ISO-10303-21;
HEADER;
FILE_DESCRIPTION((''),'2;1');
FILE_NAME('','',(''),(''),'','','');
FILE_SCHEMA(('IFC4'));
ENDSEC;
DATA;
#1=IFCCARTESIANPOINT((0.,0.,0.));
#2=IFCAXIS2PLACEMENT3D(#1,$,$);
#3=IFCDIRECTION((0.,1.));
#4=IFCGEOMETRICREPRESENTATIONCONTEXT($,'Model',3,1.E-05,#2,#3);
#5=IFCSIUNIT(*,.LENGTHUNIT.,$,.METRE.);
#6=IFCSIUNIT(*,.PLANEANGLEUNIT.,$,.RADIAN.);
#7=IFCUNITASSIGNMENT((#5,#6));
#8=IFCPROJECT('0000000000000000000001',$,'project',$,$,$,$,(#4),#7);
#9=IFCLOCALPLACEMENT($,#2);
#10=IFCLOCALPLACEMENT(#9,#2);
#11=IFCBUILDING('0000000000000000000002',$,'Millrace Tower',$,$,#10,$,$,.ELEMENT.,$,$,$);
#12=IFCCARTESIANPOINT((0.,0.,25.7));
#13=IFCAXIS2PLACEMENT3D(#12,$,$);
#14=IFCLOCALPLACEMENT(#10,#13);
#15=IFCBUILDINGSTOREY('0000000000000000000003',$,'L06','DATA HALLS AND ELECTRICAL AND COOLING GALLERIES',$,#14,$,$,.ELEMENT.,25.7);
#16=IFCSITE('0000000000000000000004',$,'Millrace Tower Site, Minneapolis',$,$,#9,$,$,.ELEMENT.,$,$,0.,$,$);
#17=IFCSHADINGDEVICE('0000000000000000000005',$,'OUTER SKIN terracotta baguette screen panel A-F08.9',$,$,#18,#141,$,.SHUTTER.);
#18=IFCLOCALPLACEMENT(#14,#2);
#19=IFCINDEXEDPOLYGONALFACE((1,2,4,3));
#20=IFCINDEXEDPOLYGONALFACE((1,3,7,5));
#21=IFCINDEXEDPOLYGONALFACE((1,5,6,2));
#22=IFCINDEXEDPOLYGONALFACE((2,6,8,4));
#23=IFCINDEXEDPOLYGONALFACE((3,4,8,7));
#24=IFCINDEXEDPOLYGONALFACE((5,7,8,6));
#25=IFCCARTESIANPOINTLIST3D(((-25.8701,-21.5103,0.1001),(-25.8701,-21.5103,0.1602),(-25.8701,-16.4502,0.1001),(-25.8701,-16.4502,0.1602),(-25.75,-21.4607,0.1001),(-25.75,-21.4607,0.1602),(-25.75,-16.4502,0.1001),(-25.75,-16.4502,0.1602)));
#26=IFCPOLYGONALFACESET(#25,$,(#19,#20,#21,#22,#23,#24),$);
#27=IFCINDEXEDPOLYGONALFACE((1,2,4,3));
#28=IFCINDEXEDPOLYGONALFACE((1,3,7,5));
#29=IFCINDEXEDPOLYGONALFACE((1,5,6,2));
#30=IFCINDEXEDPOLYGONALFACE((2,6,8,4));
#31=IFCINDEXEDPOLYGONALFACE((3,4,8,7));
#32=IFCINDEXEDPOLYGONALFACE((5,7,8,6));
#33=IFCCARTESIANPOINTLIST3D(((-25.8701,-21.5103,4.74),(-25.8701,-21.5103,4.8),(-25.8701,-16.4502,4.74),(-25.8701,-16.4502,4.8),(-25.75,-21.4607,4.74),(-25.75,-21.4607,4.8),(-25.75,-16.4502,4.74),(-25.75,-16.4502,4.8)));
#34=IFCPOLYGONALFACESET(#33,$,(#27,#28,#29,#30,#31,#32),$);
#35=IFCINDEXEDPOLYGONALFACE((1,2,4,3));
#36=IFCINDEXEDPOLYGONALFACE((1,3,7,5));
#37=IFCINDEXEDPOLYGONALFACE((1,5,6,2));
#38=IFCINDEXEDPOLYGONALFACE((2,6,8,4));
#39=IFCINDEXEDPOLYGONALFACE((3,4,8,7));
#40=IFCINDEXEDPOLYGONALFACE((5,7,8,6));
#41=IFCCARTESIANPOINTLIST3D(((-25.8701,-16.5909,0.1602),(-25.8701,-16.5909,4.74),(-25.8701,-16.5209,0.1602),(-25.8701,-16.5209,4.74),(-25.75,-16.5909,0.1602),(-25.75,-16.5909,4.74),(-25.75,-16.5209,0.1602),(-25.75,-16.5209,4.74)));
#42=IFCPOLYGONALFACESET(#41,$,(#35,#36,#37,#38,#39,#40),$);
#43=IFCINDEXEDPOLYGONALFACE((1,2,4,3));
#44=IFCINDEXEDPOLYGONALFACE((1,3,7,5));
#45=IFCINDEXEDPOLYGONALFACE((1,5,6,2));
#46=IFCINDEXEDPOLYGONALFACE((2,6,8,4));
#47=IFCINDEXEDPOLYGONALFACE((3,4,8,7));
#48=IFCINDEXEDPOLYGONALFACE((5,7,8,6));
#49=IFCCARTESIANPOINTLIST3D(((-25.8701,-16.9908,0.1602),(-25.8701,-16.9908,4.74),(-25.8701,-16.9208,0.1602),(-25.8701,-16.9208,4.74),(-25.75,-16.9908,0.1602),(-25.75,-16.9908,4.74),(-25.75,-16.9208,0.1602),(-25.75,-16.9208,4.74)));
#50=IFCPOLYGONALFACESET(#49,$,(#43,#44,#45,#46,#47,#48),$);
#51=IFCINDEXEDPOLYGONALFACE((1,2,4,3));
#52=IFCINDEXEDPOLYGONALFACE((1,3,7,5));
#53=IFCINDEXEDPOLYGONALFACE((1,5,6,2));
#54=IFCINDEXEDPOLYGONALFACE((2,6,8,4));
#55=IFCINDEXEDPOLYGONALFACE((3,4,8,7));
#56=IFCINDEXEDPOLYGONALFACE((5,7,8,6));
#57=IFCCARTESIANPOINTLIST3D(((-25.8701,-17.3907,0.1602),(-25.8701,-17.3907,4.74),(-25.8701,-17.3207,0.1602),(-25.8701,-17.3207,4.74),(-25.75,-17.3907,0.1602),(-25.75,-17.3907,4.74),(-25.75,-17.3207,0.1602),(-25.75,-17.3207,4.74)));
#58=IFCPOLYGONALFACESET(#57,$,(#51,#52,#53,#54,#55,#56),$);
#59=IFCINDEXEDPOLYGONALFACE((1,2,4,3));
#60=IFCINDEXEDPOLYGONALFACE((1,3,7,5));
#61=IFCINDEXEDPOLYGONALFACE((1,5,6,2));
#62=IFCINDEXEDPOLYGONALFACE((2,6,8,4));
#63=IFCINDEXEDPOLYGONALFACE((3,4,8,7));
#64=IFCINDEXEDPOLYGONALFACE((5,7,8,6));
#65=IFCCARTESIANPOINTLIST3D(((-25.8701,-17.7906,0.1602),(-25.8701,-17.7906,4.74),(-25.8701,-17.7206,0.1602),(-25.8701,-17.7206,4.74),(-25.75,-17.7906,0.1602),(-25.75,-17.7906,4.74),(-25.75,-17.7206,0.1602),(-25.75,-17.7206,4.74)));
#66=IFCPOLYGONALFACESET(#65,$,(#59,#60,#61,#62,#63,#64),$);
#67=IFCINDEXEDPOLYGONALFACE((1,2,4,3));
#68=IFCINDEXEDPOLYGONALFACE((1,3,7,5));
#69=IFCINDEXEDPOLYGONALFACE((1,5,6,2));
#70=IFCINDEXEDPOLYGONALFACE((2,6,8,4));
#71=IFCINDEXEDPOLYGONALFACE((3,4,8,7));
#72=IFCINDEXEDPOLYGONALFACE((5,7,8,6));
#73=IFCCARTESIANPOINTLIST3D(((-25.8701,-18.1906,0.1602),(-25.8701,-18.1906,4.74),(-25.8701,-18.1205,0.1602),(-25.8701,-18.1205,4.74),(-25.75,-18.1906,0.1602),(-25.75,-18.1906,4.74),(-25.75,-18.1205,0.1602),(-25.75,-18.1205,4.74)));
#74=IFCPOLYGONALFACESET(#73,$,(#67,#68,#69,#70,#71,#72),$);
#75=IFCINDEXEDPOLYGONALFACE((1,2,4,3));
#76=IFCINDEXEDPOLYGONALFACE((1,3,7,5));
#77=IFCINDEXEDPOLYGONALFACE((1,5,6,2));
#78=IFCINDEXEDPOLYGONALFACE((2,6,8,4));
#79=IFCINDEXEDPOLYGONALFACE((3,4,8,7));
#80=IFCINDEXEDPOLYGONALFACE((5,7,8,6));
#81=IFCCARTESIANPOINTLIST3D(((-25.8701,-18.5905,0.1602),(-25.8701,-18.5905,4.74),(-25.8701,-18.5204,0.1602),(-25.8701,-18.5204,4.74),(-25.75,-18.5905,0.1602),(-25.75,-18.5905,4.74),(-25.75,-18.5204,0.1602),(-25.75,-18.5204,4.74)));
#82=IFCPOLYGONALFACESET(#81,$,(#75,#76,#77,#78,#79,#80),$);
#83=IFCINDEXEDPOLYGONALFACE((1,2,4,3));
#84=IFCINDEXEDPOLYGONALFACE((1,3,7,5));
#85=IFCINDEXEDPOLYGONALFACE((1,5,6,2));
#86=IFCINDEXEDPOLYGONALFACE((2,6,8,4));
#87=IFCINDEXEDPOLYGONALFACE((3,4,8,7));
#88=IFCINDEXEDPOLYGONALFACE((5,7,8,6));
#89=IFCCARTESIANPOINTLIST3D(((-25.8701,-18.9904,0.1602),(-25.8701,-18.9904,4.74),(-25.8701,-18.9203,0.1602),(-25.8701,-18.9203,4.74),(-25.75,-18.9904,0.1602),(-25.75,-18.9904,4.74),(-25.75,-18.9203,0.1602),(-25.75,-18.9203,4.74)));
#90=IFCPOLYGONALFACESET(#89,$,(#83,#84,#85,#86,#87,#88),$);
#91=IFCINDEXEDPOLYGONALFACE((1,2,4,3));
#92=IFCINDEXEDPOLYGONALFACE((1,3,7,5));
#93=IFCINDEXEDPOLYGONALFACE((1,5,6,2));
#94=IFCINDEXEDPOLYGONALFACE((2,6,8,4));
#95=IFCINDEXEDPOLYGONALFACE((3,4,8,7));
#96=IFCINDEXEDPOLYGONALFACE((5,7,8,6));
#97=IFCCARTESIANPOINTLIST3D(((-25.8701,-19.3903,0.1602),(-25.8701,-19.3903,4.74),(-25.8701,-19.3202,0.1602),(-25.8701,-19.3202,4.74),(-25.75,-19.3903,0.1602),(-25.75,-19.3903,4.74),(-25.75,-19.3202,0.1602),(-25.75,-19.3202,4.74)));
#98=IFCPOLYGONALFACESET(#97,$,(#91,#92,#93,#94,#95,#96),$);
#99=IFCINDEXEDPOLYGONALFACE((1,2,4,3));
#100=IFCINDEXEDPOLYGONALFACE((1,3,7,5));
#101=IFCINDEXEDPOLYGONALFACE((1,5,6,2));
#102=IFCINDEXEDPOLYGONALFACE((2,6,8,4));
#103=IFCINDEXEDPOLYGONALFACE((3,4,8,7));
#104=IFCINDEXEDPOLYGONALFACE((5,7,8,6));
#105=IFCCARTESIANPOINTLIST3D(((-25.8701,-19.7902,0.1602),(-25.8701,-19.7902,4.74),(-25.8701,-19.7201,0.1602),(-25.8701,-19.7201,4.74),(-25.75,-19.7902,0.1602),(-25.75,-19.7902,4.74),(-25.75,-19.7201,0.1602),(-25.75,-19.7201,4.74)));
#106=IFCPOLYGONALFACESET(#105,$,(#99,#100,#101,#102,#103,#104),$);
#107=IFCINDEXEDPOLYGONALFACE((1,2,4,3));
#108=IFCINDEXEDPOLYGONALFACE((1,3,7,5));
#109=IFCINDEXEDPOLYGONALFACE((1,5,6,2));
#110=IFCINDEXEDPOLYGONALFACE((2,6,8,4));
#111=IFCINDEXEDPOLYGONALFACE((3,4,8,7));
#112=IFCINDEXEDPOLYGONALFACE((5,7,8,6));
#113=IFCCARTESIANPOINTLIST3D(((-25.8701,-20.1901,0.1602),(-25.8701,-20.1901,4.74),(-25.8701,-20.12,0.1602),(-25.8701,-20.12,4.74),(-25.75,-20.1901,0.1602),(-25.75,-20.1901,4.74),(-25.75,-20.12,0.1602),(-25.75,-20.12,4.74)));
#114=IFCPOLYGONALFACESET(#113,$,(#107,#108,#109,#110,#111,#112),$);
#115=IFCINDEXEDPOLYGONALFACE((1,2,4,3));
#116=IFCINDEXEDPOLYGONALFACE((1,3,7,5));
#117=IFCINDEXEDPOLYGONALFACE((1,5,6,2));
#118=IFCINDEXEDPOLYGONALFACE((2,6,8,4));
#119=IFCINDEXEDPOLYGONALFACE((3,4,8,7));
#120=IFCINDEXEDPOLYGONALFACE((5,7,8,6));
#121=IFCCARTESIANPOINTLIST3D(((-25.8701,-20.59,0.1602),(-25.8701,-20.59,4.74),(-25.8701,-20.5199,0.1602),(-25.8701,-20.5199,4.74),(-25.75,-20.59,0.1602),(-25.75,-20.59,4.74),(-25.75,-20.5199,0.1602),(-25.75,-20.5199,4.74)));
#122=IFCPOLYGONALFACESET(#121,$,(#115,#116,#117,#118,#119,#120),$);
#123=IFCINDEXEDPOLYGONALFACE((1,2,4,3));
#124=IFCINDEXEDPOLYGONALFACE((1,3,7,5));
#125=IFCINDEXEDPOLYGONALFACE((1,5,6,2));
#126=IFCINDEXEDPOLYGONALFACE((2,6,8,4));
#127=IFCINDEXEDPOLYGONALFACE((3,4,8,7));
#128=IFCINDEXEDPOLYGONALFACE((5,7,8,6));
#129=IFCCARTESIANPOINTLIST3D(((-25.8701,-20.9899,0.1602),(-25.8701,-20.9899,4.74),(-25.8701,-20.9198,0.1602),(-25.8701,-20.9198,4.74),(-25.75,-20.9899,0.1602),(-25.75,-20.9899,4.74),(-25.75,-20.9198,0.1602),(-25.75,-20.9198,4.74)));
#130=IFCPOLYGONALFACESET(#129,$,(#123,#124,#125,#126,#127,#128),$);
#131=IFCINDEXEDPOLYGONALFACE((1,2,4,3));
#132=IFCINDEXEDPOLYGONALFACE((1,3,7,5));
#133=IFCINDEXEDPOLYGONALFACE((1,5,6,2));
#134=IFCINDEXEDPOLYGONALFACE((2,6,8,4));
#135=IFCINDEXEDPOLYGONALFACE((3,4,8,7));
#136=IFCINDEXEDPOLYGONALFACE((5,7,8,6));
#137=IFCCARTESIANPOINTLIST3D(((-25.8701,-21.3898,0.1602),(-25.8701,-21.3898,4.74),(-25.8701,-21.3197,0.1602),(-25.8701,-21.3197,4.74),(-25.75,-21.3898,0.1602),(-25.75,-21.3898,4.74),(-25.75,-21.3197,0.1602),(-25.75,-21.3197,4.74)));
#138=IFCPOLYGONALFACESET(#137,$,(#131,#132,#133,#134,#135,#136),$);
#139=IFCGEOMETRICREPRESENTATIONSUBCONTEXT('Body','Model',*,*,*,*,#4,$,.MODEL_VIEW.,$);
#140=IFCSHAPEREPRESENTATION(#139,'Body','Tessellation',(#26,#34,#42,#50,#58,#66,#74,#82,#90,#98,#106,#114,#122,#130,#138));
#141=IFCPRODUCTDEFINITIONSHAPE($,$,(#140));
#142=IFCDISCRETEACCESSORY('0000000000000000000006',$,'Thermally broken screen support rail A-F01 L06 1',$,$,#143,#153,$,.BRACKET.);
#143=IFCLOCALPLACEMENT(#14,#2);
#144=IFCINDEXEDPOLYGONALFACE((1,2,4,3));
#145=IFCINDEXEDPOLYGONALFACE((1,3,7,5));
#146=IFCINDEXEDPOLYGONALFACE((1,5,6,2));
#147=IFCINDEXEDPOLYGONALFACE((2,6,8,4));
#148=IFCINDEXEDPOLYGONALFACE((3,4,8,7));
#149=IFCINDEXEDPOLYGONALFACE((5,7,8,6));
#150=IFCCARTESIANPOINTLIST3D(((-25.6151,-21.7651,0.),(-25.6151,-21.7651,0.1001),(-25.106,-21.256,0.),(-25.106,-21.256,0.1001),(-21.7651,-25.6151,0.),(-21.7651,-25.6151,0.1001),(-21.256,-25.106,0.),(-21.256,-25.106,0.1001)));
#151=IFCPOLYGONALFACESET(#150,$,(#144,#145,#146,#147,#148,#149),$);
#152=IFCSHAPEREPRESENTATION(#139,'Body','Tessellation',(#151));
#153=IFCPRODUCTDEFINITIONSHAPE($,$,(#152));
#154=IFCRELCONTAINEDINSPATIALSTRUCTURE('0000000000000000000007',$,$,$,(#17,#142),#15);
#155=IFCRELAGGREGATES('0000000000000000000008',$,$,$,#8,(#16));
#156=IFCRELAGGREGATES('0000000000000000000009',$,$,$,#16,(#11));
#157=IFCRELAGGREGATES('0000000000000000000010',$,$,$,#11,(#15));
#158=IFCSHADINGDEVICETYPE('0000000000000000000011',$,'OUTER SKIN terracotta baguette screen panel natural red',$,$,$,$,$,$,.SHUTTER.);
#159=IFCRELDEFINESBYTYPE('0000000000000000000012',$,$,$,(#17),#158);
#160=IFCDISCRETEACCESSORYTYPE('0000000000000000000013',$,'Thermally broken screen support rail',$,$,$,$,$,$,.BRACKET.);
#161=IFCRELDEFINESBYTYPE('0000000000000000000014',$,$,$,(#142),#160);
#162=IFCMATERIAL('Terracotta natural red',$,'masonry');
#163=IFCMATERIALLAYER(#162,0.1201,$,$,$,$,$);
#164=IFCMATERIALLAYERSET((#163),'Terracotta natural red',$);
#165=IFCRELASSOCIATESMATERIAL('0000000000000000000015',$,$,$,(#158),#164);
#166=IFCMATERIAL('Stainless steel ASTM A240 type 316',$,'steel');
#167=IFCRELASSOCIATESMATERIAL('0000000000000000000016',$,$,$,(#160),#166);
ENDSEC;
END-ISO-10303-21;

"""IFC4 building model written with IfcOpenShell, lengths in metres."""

from ifc_helpers import new_model, entity, si_unit, direction, frame, frame_2d, origin, origin_2d, place, context, subcontext, project, spatial, rectangle, extrude, source, transform, mapped, material, layer, layer_set, type_object, element, save


model = new_model("IFC4")

# Units and contexts
model_context = context("Model", 3, precision=1e-05, world=origin(), true_north=direction((0.0, 1.0)))
body_context = subcontext(model_context, "Body", "Model", "MODEL_VIEW")
ifc_project = project(units=[si_unit("LENGTHUNIT", "METRE"), si_unit("PLANEANGLEUNIT", "RADIAN")], contexts=[model_context])

# Site, building, storey
site_placement = place(None, origin())
site = spatial("IfcSite", under=ifc_project, at=site_placement, Name="Millrace Tower Site, Minneapolis", CompositionType="ELEMENT", RefElevation=0.0)
building_placement = place(site_placement, origin())
building = spatial("IfcBuilding", under=site, at=building_placement, Name="Millrace Tower", CompositionType="ELEMENT")
storey_placement = place(building_placement, frame((0.0, 0.0, 25.7)))
storey = spatial("IfcBuildingStorey", under=building, at=storey_placement, Name="L06", Description="DATA HALLS AND ELECTRICAL AND COOLING GALLERIES", CompositionType="ELEMENT", Elevation=25.7)

# Shading device
ifc_material_1 = material(Name="Terracotta natural red", Category="masonry")
ifc_layer_1 = layer(ifc_material_1, 0.1201)
ifc_layer_set_1 = layer_set([ifc_layer_1], Name="Terracotta natural red")
shading_device_type_1 = type_object("IfcShadingDeviceType", Name="OUTER SKIN terracotta baguette screen panel natural red", PredefinedType="SHUTTER", material=ifc_layer_set_1)
cartesian_point_1 = entity("IfcCartesianPoint", [-2.5176, 0.0601])
shared_polyline_1 = entity("IfcPolyline", [cartesian_point_1, entity("IfcCartesianPoint", [2.4929, 0.0601]), entity("IfcCartesianPoint", [2.5425, -0.0601]), entity("IfcCartesianPoint", [-2.5176, -0.0601]), cartesian_point_1])
shared_shape_1 = source(origin(), body_context, "Body", "SweptSolid", [
    entity("IfcExtrudedAreaSolid", entity("IfcArbitraryClosedProfileDef", "AREA", None, shared_polyline_1), entity("IfcAxis2Placement3D", entity("IfcCartesianPoint", [0.0, 0.0, 0.0])), entity("IfcDirection", [0.0, 0.0, 1.0]), 0.0601),
    entity("IfcExtrudedAreaSolid", entity("IfcArbitraryClosedProfileDef", "AREA", None, shared_polyline_1), entity("IfcAxis2Placement3D", entity("IfcCartesianPoint", [0.0, 0.0, 4.6399])), entity("IfcDirection", [0.0, 0.0, 1.0]), 0.0601),
    extrude(rectangle(XDim=0.0701, YDim=0.1201, at=frame_2d((-2.4119, 0.0))), frame((0.0, 0.0, 0.0601)), (0.0, 0.0, 1.0), 4.5798),
    extrude(rectangle(XDim=0.0701, YDim=0.1201, at=frame_2d((-2.012, 0.0))), frame((0.0, 0.0, 0.0601)), (0.0, 0.0, 1.0), 4.5798),
    extrude(rectangle(XDim=0.0701, YDim=0.1201, at=frame_2d((-1.6121, 0.0))), frame((0.0, 0.0, 0.0601)), (0.0, 0.0, 1.0), 4.5798),
    extrude(rectangle(XDim=0.0701, YDim=0.1201, at=frame_2d((-1.2122, 0.0))), frame((0.0, 0.0, 0.0601)), (0.0, 0.0, 1.0), 4.5798),
    extrude(rectangle(XDim=0.0701, YDim=0.1201, at=frame_2d((-0.8123, 0.0))), frame((0.0, 0.0, 0.0601)), (0.0, 0.0, 1.0), 4.5798),
    extrude(rectangle(XDim=0.0701, YDim=0.1201, at=frame_2d((-0.4124, 0.0))), frame((0.0, 0.0, 0.0601)), (0.0, 0.0, 1.0), 4.5798),
    extrude(rectangle(XDim=0.0701, YDim=0.1201, at=frame_2d((-0.0125, 0.0))), frame((0.0, 0.0, 0.0601)), (0.0, 0.0, 1.0), 4.5798),
    extrude(rectangle(XDim=0.0701, YDim=0.1201, at=frame_2d((0.3875, 0.0))), frame((0.0, 0.0, 0.0601)), (0.0, 0.0, 1.0), 4.5798),
    extrude(rectangle(XDim=0.0701, YDim=0.1201, at=frame_2d((0.7874, 0.0))), frame((0.0, 0.0, 0.0601)), (0.0, 0.0, 1.0), 4.5798),
    extrude(rectangle(XDim=0.0701, YDim=0.1201, at=frame_2d((1.1873, 0.0))), frame((0.0, 0.0, 0.0601)), (0.0, 0.0, 1.0), 4.5798),
    extrude(rectangle(XDim=0.0701, YDim=0.1201, at=frame_2d((1.5872, 0.0))), frame((0.0, 0.0, 0.0601)), (0.0, 0.0, 1.0), 4.5798),
    extrude(rectangle(XDim=0.0701, YDim=0.1201, at=frame_2d((1.9871, 0.0))), frame((0.0, 0.0, 0.0601)), (0.0, 0.0, 1.0), 4.5798),
    extrude(rectangle(XDim=0.0701, YDim=0.1201, at=frame_2d((2.387, 0.0))), frame((0.0, 0.0, 0.0601)), (0.0, 0.0, 1.0), 4.5798),
])
shading_device_1_placement = place(storey_placement, frame((-25.8101, -18.9678, 0.1001), z_axis=(0.0, 0.0, 1.0), x_axis=(0.0, -1.0, 0.0)))
element("IfcShadingDevice", 1, at=shading_device_1_placement, inside=storey, type_object=shading_device_type_1, Name="OUTER SKIN terracotta baguette screen panel A-F08.9", PredefinedType="SHUTTER", context=body_context, shape_type="MappedRepresentation", body=[
    mapped(shared_shape_1, transform((0.0, 0.0, 0.0), scale=1.0)),
])

# Discrete accessory
ifc_material_2 = material(Name="Stainless steel ASTM A240 type 316", Category="steel")
discrete_accessory_type = type_object("IfcDiscreteAccessoryType", Name="Thermally broken screen support rail", PredefinedType="BRACKET", material=ifc_material_2)
discrete_accessory_placement = place(storey_placement, frame((-23.4355, -23.4355, 0.0), z_axis=(0.0, 0.0, 1.0), x_axis=(0.707107, -0.707107, 0.0)))
element("IfcDiscreteAccessory", 2, at=discrete_accessory_placement, inside=storey, type_object=discrete_accessory_type, Name="Thermally broken screen support rail A-F01 L06 1", PredefinedType="BRACKET", context=body_context, shape_type="SweptSolid", body=[
    extrude(rectangle(XDim=5.4448, YDim=0.72, at=origin_2d()), origin(), (0.0, 0.0, 1.0), 0.1001),
])

save(model, "model.ifc")
